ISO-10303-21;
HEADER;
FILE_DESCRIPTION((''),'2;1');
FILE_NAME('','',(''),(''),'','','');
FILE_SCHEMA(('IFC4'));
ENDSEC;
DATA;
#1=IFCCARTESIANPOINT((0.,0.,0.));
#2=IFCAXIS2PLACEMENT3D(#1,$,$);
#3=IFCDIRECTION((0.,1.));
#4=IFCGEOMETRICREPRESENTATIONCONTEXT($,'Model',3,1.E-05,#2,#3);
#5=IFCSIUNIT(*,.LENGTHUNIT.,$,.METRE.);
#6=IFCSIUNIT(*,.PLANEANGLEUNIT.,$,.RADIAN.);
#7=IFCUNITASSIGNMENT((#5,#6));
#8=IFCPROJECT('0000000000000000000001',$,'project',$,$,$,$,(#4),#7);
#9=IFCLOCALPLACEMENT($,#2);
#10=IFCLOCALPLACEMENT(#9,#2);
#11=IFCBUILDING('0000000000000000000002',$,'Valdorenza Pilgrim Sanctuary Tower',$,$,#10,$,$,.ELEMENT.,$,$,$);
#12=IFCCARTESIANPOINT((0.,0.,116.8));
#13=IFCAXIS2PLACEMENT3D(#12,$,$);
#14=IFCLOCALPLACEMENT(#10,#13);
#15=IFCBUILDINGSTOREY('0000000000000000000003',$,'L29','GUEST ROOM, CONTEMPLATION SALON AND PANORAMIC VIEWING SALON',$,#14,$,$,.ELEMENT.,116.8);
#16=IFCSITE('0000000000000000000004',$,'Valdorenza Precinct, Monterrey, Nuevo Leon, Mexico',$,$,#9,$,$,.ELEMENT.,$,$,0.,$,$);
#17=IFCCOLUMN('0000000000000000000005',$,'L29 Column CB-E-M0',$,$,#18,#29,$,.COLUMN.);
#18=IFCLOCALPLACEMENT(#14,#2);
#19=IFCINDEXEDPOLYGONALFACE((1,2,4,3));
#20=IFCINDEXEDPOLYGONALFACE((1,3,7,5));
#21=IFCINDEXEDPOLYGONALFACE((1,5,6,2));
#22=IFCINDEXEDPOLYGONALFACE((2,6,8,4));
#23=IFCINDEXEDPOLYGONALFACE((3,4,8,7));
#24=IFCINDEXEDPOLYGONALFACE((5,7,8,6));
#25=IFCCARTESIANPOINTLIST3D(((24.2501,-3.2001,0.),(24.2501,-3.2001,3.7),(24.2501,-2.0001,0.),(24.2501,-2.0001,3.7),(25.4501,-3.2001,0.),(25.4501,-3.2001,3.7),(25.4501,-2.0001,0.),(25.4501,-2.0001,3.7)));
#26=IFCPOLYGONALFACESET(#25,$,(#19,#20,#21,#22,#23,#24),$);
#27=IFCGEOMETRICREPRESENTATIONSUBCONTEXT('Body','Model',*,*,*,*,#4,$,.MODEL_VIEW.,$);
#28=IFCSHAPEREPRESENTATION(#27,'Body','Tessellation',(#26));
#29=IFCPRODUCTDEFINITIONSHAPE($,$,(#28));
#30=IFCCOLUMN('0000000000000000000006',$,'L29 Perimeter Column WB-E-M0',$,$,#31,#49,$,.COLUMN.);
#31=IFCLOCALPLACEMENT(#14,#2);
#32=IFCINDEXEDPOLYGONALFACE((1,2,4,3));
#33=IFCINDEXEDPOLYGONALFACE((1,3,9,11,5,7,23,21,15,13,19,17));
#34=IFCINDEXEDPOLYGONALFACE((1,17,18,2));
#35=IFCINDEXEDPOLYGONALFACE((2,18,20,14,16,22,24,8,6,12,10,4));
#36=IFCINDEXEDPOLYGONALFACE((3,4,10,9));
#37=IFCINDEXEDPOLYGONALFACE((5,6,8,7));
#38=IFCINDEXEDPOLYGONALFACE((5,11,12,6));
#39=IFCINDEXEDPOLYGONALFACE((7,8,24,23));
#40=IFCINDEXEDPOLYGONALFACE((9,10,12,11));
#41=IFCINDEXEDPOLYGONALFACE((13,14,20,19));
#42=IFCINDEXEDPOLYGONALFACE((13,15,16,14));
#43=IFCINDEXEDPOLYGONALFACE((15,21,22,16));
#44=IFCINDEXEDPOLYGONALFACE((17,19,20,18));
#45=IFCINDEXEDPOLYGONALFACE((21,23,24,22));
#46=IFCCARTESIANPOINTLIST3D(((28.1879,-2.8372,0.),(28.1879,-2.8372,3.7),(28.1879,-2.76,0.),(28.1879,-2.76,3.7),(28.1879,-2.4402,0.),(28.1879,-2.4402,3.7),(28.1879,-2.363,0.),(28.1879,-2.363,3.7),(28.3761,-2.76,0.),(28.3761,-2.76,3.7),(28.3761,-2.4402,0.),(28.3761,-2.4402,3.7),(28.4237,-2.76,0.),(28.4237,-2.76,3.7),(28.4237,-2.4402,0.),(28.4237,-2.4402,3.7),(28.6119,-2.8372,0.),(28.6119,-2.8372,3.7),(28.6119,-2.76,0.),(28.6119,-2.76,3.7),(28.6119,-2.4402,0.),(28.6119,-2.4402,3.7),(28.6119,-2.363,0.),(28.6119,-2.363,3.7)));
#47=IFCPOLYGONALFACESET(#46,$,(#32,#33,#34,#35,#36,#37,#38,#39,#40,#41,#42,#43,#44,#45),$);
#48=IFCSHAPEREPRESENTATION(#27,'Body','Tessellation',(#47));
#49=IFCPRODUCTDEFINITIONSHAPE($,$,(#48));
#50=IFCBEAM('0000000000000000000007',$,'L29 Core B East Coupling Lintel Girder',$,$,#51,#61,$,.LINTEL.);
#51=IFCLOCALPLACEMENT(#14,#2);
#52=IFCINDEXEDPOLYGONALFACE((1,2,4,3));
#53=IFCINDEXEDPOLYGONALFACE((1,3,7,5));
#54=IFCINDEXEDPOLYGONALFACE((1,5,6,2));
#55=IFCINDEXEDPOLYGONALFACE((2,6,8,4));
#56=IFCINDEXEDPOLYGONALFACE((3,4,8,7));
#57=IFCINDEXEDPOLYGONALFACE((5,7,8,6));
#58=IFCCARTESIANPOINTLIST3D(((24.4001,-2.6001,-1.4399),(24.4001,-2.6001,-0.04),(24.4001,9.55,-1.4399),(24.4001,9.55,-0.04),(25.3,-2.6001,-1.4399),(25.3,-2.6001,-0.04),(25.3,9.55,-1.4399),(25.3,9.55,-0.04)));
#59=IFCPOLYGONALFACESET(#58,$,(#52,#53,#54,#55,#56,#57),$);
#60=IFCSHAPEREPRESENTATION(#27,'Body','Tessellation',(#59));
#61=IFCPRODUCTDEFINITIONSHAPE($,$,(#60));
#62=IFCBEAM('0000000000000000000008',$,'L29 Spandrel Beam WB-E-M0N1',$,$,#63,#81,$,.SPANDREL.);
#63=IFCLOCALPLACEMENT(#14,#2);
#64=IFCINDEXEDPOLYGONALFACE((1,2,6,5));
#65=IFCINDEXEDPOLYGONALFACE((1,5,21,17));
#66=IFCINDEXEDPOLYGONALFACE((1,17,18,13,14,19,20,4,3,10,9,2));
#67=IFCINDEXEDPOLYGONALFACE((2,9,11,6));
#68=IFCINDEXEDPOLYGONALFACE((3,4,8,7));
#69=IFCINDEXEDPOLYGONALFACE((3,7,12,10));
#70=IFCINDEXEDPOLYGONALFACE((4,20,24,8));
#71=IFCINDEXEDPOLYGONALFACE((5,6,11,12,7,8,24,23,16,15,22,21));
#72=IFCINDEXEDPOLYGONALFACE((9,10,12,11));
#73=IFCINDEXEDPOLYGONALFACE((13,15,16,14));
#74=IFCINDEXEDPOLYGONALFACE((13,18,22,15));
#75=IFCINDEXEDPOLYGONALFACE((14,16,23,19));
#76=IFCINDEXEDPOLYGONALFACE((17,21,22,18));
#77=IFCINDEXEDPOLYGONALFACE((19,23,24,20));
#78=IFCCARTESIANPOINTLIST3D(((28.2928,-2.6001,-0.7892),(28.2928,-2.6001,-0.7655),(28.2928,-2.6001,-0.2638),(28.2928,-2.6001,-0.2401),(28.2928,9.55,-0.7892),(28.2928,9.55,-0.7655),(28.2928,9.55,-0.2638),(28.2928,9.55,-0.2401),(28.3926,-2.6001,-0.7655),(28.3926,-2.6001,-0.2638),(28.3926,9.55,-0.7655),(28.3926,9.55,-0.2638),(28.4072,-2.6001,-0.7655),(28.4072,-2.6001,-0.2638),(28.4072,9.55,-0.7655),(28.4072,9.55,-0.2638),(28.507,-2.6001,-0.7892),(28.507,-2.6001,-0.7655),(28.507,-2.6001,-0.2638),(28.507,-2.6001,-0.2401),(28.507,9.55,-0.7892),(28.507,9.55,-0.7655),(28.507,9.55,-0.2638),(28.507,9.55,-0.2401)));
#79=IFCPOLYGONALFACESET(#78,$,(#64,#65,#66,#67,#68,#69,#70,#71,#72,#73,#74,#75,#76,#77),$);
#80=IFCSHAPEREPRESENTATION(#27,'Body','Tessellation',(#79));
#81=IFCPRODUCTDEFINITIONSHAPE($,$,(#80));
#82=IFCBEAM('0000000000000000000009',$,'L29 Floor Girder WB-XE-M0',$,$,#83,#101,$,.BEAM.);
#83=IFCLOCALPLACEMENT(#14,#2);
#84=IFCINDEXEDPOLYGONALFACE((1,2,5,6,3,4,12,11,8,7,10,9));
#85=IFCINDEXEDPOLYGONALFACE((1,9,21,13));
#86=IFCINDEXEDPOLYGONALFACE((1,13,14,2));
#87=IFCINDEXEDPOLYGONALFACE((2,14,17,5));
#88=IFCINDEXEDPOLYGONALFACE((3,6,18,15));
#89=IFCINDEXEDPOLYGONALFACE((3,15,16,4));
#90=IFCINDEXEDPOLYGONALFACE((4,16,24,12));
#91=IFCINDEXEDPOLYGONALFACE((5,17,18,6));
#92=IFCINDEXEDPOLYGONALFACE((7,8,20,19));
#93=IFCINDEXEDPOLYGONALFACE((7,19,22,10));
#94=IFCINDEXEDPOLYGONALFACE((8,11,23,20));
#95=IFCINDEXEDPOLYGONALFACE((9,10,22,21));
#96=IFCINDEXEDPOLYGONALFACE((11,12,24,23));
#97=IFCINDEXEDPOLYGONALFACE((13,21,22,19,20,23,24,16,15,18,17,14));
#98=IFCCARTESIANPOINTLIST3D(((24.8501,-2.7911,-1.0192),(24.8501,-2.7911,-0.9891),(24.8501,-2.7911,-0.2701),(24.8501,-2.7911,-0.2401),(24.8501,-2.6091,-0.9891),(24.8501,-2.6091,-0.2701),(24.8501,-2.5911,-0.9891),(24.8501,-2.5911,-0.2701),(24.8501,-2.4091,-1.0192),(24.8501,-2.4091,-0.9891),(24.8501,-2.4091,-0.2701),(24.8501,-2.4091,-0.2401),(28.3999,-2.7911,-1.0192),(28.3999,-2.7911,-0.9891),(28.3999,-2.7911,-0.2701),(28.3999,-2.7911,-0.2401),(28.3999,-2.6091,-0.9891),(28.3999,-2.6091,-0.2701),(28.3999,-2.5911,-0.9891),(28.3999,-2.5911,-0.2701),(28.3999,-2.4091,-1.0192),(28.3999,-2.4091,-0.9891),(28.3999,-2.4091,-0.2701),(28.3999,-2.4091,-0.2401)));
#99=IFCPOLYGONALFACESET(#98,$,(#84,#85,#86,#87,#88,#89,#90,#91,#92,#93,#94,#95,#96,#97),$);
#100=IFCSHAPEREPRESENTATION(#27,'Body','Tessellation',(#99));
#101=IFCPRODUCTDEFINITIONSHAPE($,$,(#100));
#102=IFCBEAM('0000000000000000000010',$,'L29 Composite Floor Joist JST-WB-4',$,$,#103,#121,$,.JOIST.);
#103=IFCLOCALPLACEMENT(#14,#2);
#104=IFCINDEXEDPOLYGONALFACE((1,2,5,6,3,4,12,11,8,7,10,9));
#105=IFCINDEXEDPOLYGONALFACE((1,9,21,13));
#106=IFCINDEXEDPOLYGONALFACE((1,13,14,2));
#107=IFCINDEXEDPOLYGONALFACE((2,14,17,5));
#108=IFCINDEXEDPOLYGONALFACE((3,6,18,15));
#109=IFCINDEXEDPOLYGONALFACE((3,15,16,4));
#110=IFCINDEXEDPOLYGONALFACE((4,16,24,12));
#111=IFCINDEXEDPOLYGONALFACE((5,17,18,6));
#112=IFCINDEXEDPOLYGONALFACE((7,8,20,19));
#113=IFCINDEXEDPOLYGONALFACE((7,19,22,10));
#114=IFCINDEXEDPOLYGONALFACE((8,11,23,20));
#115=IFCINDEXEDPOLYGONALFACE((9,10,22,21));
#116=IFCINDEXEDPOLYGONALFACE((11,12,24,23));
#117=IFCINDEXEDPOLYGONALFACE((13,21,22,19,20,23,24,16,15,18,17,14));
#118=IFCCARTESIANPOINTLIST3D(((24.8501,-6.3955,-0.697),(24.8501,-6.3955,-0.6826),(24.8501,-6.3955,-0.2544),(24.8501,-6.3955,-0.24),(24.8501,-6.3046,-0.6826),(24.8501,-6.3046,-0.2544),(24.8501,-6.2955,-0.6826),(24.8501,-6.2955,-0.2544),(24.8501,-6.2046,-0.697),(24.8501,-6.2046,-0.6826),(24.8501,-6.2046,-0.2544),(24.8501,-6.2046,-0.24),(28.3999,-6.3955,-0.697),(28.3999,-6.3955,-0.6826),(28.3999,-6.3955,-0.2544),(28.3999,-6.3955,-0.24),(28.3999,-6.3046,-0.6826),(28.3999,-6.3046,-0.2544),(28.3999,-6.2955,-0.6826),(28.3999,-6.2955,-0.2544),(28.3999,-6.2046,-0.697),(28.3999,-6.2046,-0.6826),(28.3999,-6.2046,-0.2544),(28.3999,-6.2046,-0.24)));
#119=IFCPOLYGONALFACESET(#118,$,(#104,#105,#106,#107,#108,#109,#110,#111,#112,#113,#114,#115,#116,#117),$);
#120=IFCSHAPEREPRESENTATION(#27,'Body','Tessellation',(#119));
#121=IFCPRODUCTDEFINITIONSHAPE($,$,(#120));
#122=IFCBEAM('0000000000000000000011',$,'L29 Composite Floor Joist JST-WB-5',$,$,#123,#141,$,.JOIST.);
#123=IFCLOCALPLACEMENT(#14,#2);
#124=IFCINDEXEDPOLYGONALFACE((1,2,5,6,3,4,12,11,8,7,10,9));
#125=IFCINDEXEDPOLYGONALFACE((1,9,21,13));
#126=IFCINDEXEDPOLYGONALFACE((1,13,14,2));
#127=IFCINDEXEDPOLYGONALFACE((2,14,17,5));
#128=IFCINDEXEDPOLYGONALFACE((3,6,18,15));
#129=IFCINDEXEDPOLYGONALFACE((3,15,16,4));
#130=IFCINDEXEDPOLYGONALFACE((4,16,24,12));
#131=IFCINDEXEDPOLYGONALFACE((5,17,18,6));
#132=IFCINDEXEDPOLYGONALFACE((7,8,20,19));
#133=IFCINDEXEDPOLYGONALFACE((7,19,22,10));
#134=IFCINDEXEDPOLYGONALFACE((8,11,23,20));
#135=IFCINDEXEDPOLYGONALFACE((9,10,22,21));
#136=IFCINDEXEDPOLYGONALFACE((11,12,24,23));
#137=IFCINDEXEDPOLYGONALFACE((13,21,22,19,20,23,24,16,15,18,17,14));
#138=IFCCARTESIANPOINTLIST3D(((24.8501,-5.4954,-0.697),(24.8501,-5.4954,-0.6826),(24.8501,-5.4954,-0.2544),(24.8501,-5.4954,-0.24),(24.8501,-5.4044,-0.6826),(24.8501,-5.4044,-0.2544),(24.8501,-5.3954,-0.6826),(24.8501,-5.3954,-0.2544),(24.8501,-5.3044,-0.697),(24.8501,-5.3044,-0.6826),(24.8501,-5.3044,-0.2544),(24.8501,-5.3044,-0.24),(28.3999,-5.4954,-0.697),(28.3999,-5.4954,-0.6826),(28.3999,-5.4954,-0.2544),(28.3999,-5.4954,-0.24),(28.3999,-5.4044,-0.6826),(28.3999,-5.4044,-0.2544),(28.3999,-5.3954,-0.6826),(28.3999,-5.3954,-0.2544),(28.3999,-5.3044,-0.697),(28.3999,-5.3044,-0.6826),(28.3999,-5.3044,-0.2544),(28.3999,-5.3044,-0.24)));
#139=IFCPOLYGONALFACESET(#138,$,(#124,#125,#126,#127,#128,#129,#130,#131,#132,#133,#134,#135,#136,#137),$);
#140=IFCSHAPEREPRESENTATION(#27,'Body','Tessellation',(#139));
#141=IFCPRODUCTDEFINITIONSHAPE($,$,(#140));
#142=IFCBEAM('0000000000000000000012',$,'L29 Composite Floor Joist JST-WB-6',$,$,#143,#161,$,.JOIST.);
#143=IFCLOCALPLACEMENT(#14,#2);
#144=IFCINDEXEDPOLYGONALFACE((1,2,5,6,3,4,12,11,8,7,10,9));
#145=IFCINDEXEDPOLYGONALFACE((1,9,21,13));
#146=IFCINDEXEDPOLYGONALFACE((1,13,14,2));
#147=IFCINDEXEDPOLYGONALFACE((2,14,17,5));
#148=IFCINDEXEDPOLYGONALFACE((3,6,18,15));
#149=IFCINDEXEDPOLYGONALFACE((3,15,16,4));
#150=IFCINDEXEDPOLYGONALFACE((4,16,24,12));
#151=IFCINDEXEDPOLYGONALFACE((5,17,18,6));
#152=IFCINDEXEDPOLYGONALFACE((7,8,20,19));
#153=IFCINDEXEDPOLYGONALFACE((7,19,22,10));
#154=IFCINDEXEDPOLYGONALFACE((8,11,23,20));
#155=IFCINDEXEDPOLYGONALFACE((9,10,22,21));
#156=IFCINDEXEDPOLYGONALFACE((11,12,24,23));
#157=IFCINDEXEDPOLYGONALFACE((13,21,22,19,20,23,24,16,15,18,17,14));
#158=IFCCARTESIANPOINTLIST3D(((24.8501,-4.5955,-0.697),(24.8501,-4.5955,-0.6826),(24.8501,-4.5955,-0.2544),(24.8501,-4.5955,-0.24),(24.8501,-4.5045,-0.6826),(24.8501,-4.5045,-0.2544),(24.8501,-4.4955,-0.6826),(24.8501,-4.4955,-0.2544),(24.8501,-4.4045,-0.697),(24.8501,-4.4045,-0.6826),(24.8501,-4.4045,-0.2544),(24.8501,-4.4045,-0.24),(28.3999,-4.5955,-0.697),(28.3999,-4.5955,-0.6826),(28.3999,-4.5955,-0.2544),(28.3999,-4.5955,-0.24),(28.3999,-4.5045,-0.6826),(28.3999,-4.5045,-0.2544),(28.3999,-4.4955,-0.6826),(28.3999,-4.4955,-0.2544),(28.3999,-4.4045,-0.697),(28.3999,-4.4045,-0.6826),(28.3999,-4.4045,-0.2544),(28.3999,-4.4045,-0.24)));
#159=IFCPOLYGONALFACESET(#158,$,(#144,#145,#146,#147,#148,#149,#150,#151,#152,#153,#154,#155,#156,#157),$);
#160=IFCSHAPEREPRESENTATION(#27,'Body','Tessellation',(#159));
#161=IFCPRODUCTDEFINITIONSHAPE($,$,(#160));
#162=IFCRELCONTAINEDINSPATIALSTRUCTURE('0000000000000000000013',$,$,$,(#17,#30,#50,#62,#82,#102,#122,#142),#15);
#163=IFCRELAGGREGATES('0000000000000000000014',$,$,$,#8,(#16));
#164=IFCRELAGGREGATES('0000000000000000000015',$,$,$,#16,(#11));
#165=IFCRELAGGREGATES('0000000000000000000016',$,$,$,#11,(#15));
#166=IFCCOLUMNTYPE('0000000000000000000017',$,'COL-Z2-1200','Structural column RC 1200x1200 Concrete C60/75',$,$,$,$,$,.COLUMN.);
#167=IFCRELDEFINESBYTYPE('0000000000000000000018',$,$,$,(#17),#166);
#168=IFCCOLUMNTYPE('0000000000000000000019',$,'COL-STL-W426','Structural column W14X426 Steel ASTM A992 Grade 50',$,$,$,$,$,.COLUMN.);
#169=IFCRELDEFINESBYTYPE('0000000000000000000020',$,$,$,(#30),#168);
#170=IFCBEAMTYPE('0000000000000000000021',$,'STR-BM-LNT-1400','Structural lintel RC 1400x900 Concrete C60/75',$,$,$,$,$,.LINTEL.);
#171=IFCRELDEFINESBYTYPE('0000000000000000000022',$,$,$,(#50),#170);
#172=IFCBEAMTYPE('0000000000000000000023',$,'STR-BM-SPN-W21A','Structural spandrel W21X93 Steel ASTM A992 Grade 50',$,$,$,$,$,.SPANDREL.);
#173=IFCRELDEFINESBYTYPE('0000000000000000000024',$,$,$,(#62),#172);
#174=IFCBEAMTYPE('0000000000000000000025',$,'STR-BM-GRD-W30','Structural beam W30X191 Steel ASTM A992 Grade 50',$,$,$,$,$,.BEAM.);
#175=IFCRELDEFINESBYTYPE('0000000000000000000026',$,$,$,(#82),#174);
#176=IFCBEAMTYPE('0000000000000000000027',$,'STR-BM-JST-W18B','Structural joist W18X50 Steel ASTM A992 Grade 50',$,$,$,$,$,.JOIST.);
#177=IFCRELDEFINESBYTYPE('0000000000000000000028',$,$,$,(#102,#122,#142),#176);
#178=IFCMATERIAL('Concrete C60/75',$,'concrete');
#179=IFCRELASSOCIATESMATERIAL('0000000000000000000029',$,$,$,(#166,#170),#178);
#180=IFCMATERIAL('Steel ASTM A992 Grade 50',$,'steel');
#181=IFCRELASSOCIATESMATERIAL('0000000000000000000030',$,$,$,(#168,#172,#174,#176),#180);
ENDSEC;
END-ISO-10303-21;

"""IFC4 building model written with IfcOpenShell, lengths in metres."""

from ifc_helpers import new_model, si_unit, direction, frame, origin, origin_2d, place, context, subcontext, project, spatial, rectangle, i_section, extrude, source, transform, mapped, material, material_profile, profile_set, type_object, element, save


model = new_model("IFC4")

# Units and contexts
model_context = context("Model", 3, precision=1e-05, world=origin(), true_north=direction((0.0, 1.0)))
body_context = subcontext(model_context, "Body", "Model", "MODEL_VIEW")
ifc_project = project(units=[si_unit("LENGTHUNIT", "METRE"), si_unit("PLANEANGLEUNIT", "RADIAN")], contexts=[model_context])

# Site, building, storey
site_placement = place(None, origin())
site = spatial("IfcSite", under=ifc_project, at=site_placement, Name="Valdorenza Precinct, Monterrey, Nuevo Leon, Mexico", CompositionType="ELEMENT", RefElevation=0.0)
building_placement = place(site_placement, origin())
building = spatial("IfcBuilding", under=site, at=building_placement, Name="Valdorenza Pilgrim Sanctuary Tower", CompositionType="ELEMENT")
storey_placement = place(building_placement, frame((0.0, 0.0, 116.8)))
storey = spatial("IfcBuildingStorey", under=building, at=storey_placement, Name="L29", Description="GUEST ROOM, CONTEMPLATION SALON AND PANORAMIC VIEWING SALON", CompositionType="ELEMENT", Elevation=116.8)

# Columns
ifc_material_1 = material(Name="Concrete C60/75", Category="concrete")
ifc_material_profile_1 = material_profile(ifc_material_1, rectangle(XDim=1.2, YDim=1.2, at=origin_2d()), Name="RC 1200x1200")
ifc_profile_set_1 = profile_set([ifc_material_profile_1], Name="Concrete C60/75")
column_type_1 = type_object("IfcColumnType", Name="COL-Z2-1200", Description="Structural column RC 1200x1200 Concrete C60/75", PredefinedType="COLUMN", material=ifc_profile_set_1)
shared_shape_1 = source(origin(), body_context, "Body", "SweptSolid", [
    extrude(rectangle(XDim=1.2, YDim=1.2, at=origin_2d()), origin(), (0.0, 0.0, 1.0), 3.7),
])
column_1_placement = place(storey_placement, frame((24.8501, -2.6001, 0.0), z_axis=(0.0, 0.0, 1.0), x_axis=(1.0, 0.0, 0.0)))
element("IfcColumn", 1, at=column_1_placement, inside=storey, type_object=column_type_1, Name="L29 Column CB-E-M0", PredefinedType="COLUMN", context=body_context, shape_type="MappedRepresentation", body=[
    mapped(shared_shape_1, transform((0.0, 0.0, 0.0), x_axis=(1.0, 0.0, 0.0), y_axis=(0.0, 1.0, 0.0), z_axis=(0.0, 0.0, 1.0), scale=1.0)),
])
ifc_material_2 = material(Name="Steel ASTM A992 Grade 50", Category="steel")
ifc_material_profile_2 = material_profile(ifc_material_2, i_section(OverallWidth=0.4241, OverallDepth=0.4741, WebThickness=0.0476, FlangeThickness=0.0771, at=origin_2d()), Name="W14X426")
ifc_profile_set_2 = profile_set([ifc_material_profile_2], Name="Steel ASTM A992 Grade 50")
column_type_2 = type_object("IfcColumnType", Name="COL-STL-W426", Description="Structural column W14X426 Steel ASTM A992 Grade 50", PredefinedType="COLUMN", material=ifc_profile_set_2)
shared_shape_2 = source(origin(), body_context, "Body", "SweptSolid", [
    extrude(i_section(OverallWidth=0.4241, OverallDepth=0.4741, WebThickness=0.0476, FlangeThickness=0.0771, at=origin_2d()), origin(), (0.0, 0.0, 1.0), 3.7),
])
column_2_placement = place(storey_placement, frame((28.3999, -2.6001, 0.0), z_axis=(0.0, 0.0, 1.0), x_axis=(1.0, 0.0, 0.0)))
element("IfcColumn", 2, at=column_2_placement, inside=storey, type_object=column_type_2, Name="L29 Perimeter Column WB-E-M0", PredefinedType="COLUMN", context=body_context, shape_type="MappedRepresentation", body=[
    mapped(shared_shape_2, transform((0.0, 0.0, 0.0), x_axis=(1.0, 0.0, 0.0), y_axis=(0.0, 1.0, 0.0), z_axis=(0.0, 0.0, 1.0), scale=1.0)),
])

# Beams
ifc_material_profile_3 = material_profile(ifc_material_1, rectangle(XDim=0.8999, YDim=1.3999, at=origin_2d()), Name="RC 1400x900")
ifc_profile_set_3 = profile_set([ifc_material_profile_3], Name="Concrete C60/75")
beam_type_1 = type_object("IfcBeamType", Name="STR-BM-LNT-1400", Description="Structural lintel RC 1400x900 Concrete C60/75", PredefinedType="LINTEL", material=ifc_profile_set_3)
shared_shape_3 = source(origin(), body_context, "Body", "SweptSolid", [
    extrude(rectangle(XDim=0.8999, YDim=1.3999, at=origin_2d()), origin(), (0.0, 0.0, 1.0), 12.1501),
])
beam_1_placement = place(storey_placement, frame((24.8501, -2.6001, -0.74), z_axis=(0.0, 1.0, 0.0), x_axis=(-1.0, 0.0, 0.0)))
element("IfcBeam", 3, at=beam_1_placement, inside=storey, type_object=beam_type_1, Name="L29 Core B East Coupling Lintel Girder", PredefinedType="LINTEL", context=body_context, shape_type="MappedRepresentation", body=[
    mapped(shared_shape_3, transform((0.0, 0.0, 0.0), x_axis=(1.0, 0.0, 0.0), y_axis=(0.0, 1.0, 0.0), z_axis=(0.0, 0.0, 1.0), scale=1.0)),
])
ifc_material_profile_4 = material_profile(ifc_material_2, i_section(OverallWidth=0.2141, OverallDepth=0.5491, WebThickness=0.0146, FlangeThickness=0.0237, at=origin_2d()), Name="W21X93")
ifc_profile_set_4 = profile_set([ifc_material_profile_4], Name="Steel ASTM A992 Grade 50")
beam_type_2 = type_object("IfcBeamType", Name="STR-BM-SPN-W21A", Description="Structural spandrel W21X93 Steel ASTM A992 Grade 50", PredefinedType="SPANDREL", material=ifc_profile_set_4)
shared_shape_4 = source(origin(), body_context, "Body", "SweptSolid", [
    extrude(i_section(OverallWidth=0.2141, OverallDepth=0.5491, WebThickness=0.0146, FlangeThickness=0.0237, at=origin_2d()), origin(), (0.0, 0.0, 1.0), 12.1501),
])
beam_2_placement = place(storey_placement, frame((28.3999, -2.6001, -0.5146), z_axis=(0.0, 1.0, 0.0), x_axis=(-1.0, 0.0, 0.0)))
element("IfcBeam", 4, at=beam_2_placement, inside=storey, type_object=beam_type_2, Name="L29 Spandrel Beam WB-E-M0N1", PredefinedType="SPANDREL", context=body_context, shape_type="MappedRepresentation", body=[
    mapped(shared_shape_4, transform((0.0, 0.0, 0.0), x_axis=(1.0, 0.0, 0.0), y_axis=(0.0, 1.0, 0.0), z_axis=(0.0, 0.0, 1.0), scale=1.0)),
])
ifc_material_profile_5 = material_profile(ifc_material_2, i_section(OverallWidth=0.3821, OverallDepth=0.7791, WebThickness=0.0181, FlangeThickness=0.03, at=origin_2d()), Name="W30X191")
ifc_profile_set_5 = profile_set([ifc_material_profile_5], Name="Steel ASTM A992 Grade 50")
beam_type_3 = type_object("IfcBeamType", Name="STR-BM-GRD-W30", Description="Structural beam W30X191 Steel ASTM A992 Grade 50", PredefinedType="BEAM", material=ifc_profile_set_5)
shared_shape_5 = source(origin(), body_context, "Body", "SweptSolid", [
    extrude(i_section(OverallWidth=0.3821, OverallDepth=0.7791, WebThickness=0.0181, FlangeThickness=0.03, at=origin_2d()), origin(), (0.0, 0.0, 1.0), 3.5498),
])
beam_3_placement = place(storey_placement, frame((24.8501, -2.6001, -0.6296), z_axis=(1.0, 0.0, 0.0), x_axis=(0.0, 1.0, 0.0)))
element("IfcBeam", 5, at=beam_3_placement, inside=storey, type_object=beam_type_3, Name="L29 Floor Girder WB-XE-M0", PredefinedType="BEAM", context=body_context, shape_type="MappedRepresentation", body=[
    mapped(shared_shape_5, transform((0.0, 0.0, 0.0), x_axis=(1.0, 0.0, 0.0), y_axis=(0.0, 1.0, 0.0), z_axis=(0.0, 0.0, 1.0), scale=1.0)),
])
ifc_material_profile_6 = material_profile(ifc_material_2, i_section(OverallWidth=0.1909, OverallDepth=0.457, WebThickness=0.009, FlangeThickness=0.0144, at=origin_2d()), Name="W18X50")
ifc_profile_set_6 = profile_set([ifc_material_profile_6], Name="Steel ASTM A992 Grade 50")
beam_type_4 = type_object("IfcBeamType", Name="STR-BM-JST-W18B", Description="Structural joist W18X50 Steel ASTM A992 Grade 50", PredefinedType="JOIST", material=ifc_profile_set_6)
shared_shape_6 = source(origin(), body_context, "Body", "SweptSolid", [
    extrude(i_section(OverallWidth=0.1909, OverallDepth=0.457, WebThickness=0.009, FlangeThickness=0.0144, at=origin_2d()), origin(), (0.0, 0.0, 1.0), 3.5498),
])
for number, where, z_axis, x_axis, name in (
    (6, (24.8501, -6.3, -0.4685), (1.0, 0.0, 0.0), (0.0, 1.0, 0.0), "L29 Composite Floor Joist JST-WB-4"),
    (7, (24.8501, -5.3999, -0.4685), (1.0, 0.0, 0.0), (0.0, 1.0, 0.0), "L29 Composite Floor Joist JST-WB-5"),
    (8, (24.8501, -4.5, -0.4685), (1.0, 0.0, 0.0), (0.0, 1.0, 0.0), "L29 Composite Floor Joist JST-WB-6"),
):
    element("IfcBeam", number, at=place(storey_placement, frame(where, z_axis=z_axis, x_axis=x_axis)), inside=storey, type_object=beam_type_4, Name=name, PredefinedType="JOIST", context=body_context, shape_type="MappedRepresentation", body=[
        mapped(shared_shape_6, transform((0.0, 0.0, 0.0), x_axis=(1.0, 0.0, 0.0), y_axis=(0.0, 1.0, 0.0), z_axis=(0.0, 0.0, 1.0), scale=1.0)),
    ])

save(model, "model.ifc")
